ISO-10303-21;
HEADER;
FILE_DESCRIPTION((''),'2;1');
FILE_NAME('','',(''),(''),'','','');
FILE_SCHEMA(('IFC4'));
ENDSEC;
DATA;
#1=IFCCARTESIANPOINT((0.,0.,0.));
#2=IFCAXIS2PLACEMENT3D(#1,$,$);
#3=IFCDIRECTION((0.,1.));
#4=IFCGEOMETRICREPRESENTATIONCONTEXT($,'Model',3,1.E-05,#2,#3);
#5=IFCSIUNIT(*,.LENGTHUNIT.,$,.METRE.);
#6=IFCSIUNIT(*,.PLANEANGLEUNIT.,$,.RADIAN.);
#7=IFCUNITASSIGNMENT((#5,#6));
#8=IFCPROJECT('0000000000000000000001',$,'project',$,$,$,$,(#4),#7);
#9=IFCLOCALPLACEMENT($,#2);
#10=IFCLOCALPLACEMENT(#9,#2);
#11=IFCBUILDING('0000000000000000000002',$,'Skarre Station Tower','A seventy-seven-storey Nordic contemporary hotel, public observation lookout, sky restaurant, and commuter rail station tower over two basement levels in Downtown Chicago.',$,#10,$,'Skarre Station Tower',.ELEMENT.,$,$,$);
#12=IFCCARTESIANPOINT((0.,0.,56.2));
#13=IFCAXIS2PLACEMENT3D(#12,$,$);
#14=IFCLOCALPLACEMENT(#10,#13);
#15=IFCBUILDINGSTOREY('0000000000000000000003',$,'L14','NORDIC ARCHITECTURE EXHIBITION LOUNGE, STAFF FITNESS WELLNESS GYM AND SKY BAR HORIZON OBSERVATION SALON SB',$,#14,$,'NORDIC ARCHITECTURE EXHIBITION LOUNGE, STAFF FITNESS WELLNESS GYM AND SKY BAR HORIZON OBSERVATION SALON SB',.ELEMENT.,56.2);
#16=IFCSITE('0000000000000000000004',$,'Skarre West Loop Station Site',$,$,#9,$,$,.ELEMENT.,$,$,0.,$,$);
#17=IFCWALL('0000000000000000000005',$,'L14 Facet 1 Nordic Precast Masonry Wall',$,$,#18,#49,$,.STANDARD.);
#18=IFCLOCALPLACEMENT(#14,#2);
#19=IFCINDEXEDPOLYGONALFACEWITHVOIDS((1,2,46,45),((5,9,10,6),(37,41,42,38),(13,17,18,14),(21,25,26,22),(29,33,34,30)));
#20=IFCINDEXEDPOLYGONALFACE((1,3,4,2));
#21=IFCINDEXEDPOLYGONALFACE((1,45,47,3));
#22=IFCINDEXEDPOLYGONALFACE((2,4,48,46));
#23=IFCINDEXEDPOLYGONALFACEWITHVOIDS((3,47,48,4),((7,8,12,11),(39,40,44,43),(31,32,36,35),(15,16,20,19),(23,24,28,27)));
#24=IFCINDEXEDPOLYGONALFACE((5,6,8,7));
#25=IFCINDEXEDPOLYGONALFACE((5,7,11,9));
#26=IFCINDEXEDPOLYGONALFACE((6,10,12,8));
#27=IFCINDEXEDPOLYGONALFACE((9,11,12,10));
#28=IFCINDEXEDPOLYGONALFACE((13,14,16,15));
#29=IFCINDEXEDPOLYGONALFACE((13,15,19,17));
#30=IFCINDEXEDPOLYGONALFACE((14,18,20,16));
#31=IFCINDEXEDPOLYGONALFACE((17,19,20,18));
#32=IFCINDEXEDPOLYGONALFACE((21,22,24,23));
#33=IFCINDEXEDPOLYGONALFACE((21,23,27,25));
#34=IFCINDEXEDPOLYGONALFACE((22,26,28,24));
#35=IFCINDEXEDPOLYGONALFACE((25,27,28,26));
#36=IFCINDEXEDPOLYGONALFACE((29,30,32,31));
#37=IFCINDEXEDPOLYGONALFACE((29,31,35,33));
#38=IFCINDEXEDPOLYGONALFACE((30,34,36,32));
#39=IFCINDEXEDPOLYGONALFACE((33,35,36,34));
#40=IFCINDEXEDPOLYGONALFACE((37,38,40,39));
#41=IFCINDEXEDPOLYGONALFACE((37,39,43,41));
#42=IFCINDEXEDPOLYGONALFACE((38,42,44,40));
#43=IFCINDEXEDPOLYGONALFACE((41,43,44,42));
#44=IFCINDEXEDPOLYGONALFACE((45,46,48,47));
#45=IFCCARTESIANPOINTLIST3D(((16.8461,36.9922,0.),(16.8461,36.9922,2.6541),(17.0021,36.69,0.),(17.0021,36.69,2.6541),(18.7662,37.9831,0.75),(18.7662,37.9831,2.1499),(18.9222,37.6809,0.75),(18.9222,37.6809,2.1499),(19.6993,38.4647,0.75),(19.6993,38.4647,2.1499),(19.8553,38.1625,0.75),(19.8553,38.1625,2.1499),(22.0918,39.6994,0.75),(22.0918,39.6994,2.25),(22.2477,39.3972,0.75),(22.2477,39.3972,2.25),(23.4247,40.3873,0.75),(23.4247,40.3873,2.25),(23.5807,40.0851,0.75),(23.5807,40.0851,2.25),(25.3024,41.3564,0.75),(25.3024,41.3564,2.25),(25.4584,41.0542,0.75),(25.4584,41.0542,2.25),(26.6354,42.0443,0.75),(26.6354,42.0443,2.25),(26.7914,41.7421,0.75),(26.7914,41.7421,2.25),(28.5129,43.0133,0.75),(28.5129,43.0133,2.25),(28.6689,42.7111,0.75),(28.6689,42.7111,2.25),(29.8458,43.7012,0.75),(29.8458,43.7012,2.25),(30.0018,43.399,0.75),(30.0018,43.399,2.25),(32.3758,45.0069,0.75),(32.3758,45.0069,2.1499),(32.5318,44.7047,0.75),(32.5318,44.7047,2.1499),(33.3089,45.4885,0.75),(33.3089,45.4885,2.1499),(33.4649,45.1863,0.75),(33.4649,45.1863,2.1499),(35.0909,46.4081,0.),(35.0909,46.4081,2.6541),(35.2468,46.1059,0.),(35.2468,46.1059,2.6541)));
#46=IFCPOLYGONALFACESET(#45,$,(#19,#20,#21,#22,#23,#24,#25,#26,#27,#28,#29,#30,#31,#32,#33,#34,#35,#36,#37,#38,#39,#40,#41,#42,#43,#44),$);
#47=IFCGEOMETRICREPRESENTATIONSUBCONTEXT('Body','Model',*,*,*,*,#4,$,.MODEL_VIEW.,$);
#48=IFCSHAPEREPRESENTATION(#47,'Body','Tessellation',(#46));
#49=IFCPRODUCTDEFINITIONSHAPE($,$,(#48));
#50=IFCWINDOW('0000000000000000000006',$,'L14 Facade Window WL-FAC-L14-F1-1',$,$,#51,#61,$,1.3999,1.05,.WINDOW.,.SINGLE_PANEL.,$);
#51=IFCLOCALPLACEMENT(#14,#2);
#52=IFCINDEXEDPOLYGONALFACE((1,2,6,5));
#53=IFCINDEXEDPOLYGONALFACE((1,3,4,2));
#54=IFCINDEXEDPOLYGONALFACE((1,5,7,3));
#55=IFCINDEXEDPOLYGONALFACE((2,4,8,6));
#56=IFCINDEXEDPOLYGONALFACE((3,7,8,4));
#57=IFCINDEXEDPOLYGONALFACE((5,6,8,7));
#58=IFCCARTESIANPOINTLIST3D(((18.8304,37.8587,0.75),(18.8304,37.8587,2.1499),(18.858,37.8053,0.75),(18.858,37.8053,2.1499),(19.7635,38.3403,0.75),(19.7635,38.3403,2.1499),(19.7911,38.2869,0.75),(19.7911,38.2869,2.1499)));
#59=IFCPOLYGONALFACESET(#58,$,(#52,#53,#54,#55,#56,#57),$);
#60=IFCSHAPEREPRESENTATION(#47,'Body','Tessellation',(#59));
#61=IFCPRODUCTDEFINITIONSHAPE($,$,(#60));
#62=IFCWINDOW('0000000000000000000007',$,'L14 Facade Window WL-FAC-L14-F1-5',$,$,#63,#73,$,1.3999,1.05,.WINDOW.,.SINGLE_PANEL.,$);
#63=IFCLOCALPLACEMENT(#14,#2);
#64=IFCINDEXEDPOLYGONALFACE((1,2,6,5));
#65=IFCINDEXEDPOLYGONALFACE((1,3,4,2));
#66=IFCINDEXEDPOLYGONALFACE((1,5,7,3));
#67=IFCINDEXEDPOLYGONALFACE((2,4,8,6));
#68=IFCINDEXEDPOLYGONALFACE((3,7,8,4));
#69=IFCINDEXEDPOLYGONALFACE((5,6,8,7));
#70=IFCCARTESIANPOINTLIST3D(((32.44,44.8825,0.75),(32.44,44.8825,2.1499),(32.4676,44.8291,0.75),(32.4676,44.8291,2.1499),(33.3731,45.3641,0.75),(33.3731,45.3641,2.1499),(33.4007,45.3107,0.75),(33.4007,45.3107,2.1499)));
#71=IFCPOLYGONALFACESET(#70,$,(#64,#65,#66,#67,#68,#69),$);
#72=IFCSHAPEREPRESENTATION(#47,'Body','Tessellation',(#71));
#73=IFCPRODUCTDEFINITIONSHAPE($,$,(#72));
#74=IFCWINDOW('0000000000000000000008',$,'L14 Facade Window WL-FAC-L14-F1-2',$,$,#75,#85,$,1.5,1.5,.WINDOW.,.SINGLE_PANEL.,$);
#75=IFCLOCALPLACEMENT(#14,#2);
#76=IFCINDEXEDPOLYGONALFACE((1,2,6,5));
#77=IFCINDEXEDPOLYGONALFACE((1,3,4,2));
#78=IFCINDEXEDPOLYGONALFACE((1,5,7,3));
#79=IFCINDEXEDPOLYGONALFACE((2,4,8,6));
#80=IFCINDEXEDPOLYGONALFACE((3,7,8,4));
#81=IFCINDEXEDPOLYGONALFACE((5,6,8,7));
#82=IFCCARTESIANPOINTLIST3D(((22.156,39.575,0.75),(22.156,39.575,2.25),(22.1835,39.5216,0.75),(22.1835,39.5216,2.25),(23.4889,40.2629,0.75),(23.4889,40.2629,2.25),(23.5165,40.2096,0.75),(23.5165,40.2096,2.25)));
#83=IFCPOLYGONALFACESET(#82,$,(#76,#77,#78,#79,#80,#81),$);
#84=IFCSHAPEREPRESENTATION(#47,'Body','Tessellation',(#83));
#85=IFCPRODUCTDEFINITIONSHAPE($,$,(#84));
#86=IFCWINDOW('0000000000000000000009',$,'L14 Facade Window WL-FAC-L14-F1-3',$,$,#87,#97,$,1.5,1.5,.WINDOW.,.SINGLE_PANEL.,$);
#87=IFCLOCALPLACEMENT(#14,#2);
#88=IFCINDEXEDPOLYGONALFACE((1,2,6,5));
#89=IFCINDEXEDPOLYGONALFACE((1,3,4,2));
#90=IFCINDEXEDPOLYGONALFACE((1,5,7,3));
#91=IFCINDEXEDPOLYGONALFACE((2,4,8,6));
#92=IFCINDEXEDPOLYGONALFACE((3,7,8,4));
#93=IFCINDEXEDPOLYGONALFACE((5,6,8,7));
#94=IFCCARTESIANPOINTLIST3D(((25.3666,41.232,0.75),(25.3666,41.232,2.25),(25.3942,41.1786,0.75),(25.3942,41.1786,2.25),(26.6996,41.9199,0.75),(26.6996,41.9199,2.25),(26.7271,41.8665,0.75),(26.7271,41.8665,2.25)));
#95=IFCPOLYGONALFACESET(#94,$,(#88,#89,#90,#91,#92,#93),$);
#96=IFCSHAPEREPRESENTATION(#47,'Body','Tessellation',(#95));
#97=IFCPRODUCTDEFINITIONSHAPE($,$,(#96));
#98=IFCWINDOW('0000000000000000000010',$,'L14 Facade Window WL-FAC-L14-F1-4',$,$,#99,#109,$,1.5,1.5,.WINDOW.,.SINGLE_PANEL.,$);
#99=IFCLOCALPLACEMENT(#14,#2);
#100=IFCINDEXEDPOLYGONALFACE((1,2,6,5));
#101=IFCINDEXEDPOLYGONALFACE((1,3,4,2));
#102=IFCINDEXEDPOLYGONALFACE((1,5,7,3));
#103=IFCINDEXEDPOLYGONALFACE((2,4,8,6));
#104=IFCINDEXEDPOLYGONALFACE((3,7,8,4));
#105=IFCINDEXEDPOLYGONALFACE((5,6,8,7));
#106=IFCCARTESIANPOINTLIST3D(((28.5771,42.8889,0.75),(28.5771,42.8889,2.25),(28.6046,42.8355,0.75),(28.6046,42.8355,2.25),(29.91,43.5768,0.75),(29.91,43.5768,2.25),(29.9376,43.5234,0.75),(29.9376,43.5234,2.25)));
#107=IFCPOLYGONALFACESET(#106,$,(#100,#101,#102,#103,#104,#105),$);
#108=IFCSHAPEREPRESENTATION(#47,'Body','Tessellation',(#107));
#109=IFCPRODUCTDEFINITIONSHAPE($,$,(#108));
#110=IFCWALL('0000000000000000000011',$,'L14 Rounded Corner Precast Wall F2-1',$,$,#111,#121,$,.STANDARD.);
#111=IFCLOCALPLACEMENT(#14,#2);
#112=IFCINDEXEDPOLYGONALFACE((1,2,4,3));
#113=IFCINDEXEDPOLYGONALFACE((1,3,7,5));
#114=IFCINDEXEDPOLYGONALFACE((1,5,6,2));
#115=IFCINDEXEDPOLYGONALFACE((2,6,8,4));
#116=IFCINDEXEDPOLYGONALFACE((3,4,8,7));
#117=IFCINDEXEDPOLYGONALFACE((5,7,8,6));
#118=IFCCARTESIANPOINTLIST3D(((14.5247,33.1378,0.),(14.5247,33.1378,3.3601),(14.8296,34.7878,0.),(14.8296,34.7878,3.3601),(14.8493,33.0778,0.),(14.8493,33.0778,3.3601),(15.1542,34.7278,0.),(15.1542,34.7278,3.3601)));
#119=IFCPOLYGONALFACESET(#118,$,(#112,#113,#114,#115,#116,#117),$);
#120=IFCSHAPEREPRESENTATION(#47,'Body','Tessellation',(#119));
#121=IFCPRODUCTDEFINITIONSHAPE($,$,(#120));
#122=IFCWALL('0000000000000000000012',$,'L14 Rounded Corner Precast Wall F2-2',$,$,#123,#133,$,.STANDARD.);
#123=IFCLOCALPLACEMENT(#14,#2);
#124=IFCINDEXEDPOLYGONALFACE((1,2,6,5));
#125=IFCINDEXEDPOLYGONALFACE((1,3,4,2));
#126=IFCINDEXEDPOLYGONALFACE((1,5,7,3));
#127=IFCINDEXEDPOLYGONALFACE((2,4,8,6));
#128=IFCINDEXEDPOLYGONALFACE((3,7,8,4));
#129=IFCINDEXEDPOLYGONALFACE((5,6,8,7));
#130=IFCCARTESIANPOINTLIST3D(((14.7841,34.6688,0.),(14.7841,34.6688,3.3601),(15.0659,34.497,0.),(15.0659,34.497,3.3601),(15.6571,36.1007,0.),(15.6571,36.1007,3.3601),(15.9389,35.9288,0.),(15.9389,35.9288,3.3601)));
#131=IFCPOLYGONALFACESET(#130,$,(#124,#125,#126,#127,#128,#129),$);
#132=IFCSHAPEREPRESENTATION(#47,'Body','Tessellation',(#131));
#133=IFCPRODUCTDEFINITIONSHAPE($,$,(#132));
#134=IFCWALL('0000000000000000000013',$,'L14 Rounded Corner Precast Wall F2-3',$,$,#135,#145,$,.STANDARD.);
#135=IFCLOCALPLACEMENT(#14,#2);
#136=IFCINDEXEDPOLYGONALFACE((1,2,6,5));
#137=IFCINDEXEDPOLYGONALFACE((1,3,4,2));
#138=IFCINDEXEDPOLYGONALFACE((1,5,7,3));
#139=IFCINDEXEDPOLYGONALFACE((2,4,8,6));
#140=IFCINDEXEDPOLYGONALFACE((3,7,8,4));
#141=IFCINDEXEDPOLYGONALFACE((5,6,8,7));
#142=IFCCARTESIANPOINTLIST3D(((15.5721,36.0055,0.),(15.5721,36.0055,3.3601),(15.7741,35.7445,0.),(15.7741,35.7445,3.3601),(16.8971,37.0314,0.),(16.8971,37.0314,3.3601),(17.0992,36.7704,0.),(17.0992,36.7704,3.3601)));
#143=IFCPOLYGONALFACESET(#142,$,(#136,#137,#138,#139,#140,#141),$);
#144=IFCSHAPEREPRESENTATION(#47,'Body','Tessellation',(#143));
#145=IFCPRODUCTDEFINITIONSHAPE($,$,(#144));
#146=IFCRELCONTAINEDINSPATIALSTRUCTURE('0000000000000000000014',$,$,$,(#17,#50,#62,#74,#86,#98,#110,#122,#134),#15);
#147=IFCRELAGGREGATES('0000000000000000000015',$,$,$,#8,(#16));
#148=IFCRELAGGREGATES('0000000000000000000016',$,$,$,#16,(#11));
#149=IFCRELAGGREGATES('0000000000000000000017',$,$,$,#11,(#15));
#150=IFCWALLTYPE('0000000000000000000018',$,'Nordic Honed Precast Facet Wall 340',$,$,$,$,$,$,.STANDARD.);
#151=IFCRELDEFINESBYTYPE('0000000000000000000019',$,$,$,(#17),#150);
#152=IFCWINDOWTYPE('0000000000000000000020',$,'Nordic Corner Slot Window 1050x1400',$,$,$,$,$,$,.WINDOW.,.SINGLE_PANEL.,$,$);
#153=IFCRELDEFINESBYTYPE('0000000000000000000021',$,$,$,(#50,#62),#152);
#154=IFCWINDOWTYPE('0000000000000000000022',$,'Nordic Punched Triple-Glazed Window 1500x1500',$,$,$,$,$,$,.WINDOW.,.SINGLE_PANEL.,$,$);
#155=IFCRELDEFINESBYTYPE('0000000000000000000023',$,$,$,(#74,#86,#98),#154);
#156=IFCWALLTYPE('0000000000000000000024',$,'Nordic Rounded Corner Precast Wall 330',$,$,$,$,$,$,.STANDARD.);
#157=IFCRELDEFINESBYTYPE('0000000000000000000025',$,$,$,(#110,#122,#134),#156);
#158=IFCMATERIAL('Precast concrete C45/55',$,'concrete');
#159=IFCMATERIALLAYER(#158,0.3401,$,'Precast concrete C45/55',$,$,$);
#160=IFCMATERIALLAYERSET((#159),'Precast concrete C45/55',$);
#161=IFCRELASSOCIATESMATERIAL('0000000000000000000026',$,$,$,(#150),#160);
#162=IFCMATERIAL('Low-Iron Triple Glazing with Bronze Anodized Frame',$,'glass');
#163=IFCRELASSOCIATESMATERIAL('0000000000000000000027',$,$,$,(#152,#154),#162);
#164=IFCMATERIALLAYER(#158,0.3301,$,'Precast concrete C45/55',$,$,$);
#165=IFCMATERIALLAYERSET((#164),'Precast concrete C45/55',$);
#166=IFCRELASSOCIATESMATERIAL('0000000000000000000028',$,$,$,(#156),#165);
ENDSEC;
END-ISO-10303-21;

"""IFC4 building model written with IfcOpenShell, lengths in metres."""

from ifc_helpers import new_model, si_unit, direction, frame, frame_2d, origin, place, context, subcontext, project, spatial, rectangle, extrude, material, layer, layer_set, type_object, element, fill, save


model = new_model("IFC4")

# Units and contexts
model_context = context("Model", 3, precision=1e-05, world=origin(), true_north=direction((0.0, 1.0)))
body_context = subcontext(model_context, "Body", "Model", "MODEL_VIEW")
ifc_project = project(units=[si_unit("LENGTHUNIT", "METRE"), si_unit("PLANEANGLEUNIT", "RADIAN")], contexts=[model_context])

# Site, building, storey
site_placement = place(None, origin())
site = spatial("IfcSite", under=ifc_project, at=site_placement, Name="Skarre West Loop Station Site", CompositionType="ELEMENT", RefElevation=0.0)
building_placement = place(site_placement, origin())
building = spatial("IfcBuilding", under=site, at=building_placement, Name="Skarre Station Tower", Description="A seventy-seven-storey Nordic contemporary hotel, public observation lookout, sky restaurant, and commuter rail station tower over two basement levels in Downtown Chicago.", LongName="Skarre Station Tower", CompositionType="ELEMENT")
storey_placement = place(building_placement, frame((0.0, 0.0, 56.2)))
storey = spatial("IfcBuildingStorey", under=building, at=storey_placement, Name="L14", Description="NORDIC ARCHITECTURE EXHIBITION LOUNGE, STAFF FITNESS WELLNESS GYM AND SKY BAR HORIZON OBSERVATION SALON SB", LongName="NORDIC ARCHITECTURE EXHIBITION LOUNGE, STAFF FITNESS WELLNESS GYM AND SKY BAR HORIZON OBSERVATION SALON SB", CompositionType="ELEMENT", Elevation=56.2)

# Wall, openings, windows
ifc_material_1 = material(Name="Precast concrete C45/55", Category="concrete")
ifc_layer_1 = layer(ifc_material_1, 0.3401, Name="Precast concrete C45/55")
ifc_layer_set_1 = layer_set([ifc_layer_1], Name="Precast concrete C45/55")
wall_type_1 = type_object("IfcWallType", Name="Nordic Honed Precast Facet Wall 340", PredefinedType="STANDARD", material=ifc_layer_set_1)
wall_1_placement = place(storey_placement, frame((16.9241, 36.8411, 0.0), z_axis=(0.0, 0.0, 1.0), x_axis=(0.888634, 0.458616, 0.0)))
wall_1 = element("IfcWall", 1, at=wall_1_placement, inside=storey, type_object=wall_type_1, Name="L14 Facet 1 Nordic Precast Masonry Wall", PredefinedType="STANDARD", context=body_context, shape_type="SweptSolid", body=[
    extrude(rectangle(XDim=20.5312, YDim=0.3401, at=frame_2d((10.2656, 0.0))), origin(), (0.0, 0.0, 1.0), 2.6541),
])
opening_1_placement = place(wall_1_placement, frame((2.1609, 0.0, 0.75)))
opening_1 = element("IfcOpeningElement", 2, at=opening_1_placement, cuts=wall_1, PredefinedType="OPENING", context=body_context, shape_type="SweptSolid", body=[
    extrude(rectangle(XDim=1.05, YDim=1.3999, at=frame_2d((0.5249, 0.7))), frame((0.0, 0.1799, 0.0), z_axis=(0.0, -1.0, 0.0), x_axis=(1.0, 0.0, 0.0)), (0.0, 0.0, 1.0), 0.3601),
])
opening_2_placement = place(wall_1_placement, frame((5.9031, 0.0, 0.75)))
opening_2 = element("IfcOpeningElement", 3, at=opening_2_placement, cuts=wall_1, PredefinedType="OPENING", context=body_context, shape_type="SweptSolid", body=[
    extrude(rectangle(XDim=1.5, YDim=1.5, at=frame_2d((0.75, 0.75))), frame((0.0, 0.1799, 0.0), z_axis=(0.0, -1.0, 0.0), x_axis=(1.0, 0.0, 0.0)), (0.0, 0.0, 1.0), 0.3601),
])
opening_3_placement = place(wall_1_placement, frame((9.5161, 0.0, 0.75)))
opening_3 = element("IfcOpeningElement", 4, at=opening_3_placement, cuts=wall_1, PredefinedType="OPENING", context=body_context, shape_type="SweptSolid", body=[
    extrude(rectangle(XDim=1.5, YDim=1.5, at=frame_2d((0.75, 0.75))), frame((0.0, 0.1799, 0.0), z_axis=(0.0, -1.0, 0.0), x_axis=(1.0, 0.0, 0.0)), (0.0, 0.0, 1.0), 0.3601),
])
opening_4_placement = place(wall_1_placement, frame((13.1289, 0.0, 0.75)))
opening_4 = element("IfcOpeningElement", 5, at=opening_4_placement, cuts=wall_1, PredefinedType="OPENING", context=body_context, shape_type="SweptSolid", body=[
    extrude(rectangle(XDim=1.5, YDim=1.5, at=frame_2d((0.75, 0.75))), frame((0.0, 0.1799, 0.0), z_axis=(0.0, -1.0, 0.0), x_axis=(1.0, 0.0, 0.0)), (0.0, 0.0, 1.0), 0.3601),
])
opening_5_placement = place(wall_1_placement, frame((17.4761, 0.0, 0.75)))
opening_5 = element("IfcOpeningElement", 6, at=opening_5_placement, cuts=wall_1, PredefinedType="OPENING", context=body_context, shape_type="SweptSolid", body=[
    extrude(rectangle(XDim=1.05, YDim=1.3999, at=frame_2d((0.5249, 0.7))), frame((0.0, 0.1799, 0.0), z_axis=(0.0, -1.0, 0.0), x_axis=(1.0, 0.0, 0.0)), (0.0, 0.0, 1.0), 0.3601),
])
ifc_material_2 = material(Name="Low-Iron Triple Glazing with Bronze Anodized Frame", Category="glass")
window_type_1 = type_object("IfcWindowType", Name="Nordic Corner Slot Window 1050x1400", PartitioningType="SINGLE_PANEL", PredefinedType="WINDOW", material=ifc_material_2)
window_1_placement = place(opening_1_placement, origin())
window_1 = element("IfcWindow", 7, at=window_1_placement, inside=storey, type_object=window_type_1, Name="L14 Facade Window WL-FAC-L14-F1-1", OverallHeight=1.3999, OverallWidth=1.05, PartitioningType="SINGLE_PANEL", PredefinedType="WINDOW", context=body_context, shape_type="SweptSolid", body=[
    extrude(rectangle(XDim=1.05, YDim=1.3999, at=frame_2d((0.5249, 0.7))), frame((0.0, 0.03, 0.0), z_axis=(0.0, -1.0, 0.0), x_axis=(1.0, 0.0, 0.0)), (0.0, 0.0, 1.0), 0.0601),
])
fill(opening_1, window_1)
window_2_placement = place(opening_5_placement, origin())
window_2 = element("IfcWindow", 8, at=window_2_placement, inside=storey, type_object=window_type_1, Name="L14 Facade Window WL-FAC-L14-F1-5", OverallHeight=1.3999, OverallWidth=1.05, PartitioningType="SINGLE_PANEL", PredefinedType="WINDOW", context=body_context, shape_type="SweptSolid", body=[
    extrude(rectangle(XDim=1.05, YDim=1.3999, at=frame_2d((0.5249, 0.7))), frame((0.0, 0.03, 0.0), z_axis=(0.0, -1.0, 0.0), x_axis=(1.0, 0.0, 0.0)), (0.0, 0.0, 1.0), 0.0601),
])
fill(opening_5, window_2)
window_type_2 = type_object("IfcWindowType", Name="Nordic Punched Triple-Glazed Window 1500x1500", PartitioningType="SINGLE_PANEL", PredefinedType="WINDOW", material=ifc_material_2)
window_3_placement = place(opening_2_placement, origin())
window_3 = element("IfcWindow", 9, at=window_3_placement, inside=storey, type_object=window_type_2, Name="L14 Facade Window WL-FAC-L14-F1-2", OverallHeight=1.5, OverallWidth=1.5, PartitioningType="SINGLE_PANEL", PredefinedType="WINDOW", context=body_context, shape_type="SweptSolid", body=[
    extrude(rectangle(XDim=1.5, YDim=1.5, at=frame_2d((0.75, 0.75))), frame((0.0, 0.03, 0.0), z_axis=(0.0, -1.0, 0.0), x_axis=(1.0, 0.0, 0.0)), (0.0, 0.0, 1.0), 0.0601),
])
fill(opening_2, window_3)
window_4_placement = place(opening_3_placement, origin())
window_4 = element("IfcWindow", 10, at=window_4_placement, inside=storey, type_object=window_type_2, Name="L14 Facade Window WL-FAC-L14-F1-3", OverallHeight=1.5, OverallWidth=1.5, PartitioningType="SINGLE_PANEL", PredefinedType="WINDOW", context=body_context, shape_type="SweptSolid", body=[
    extrude(rectangle(XDim=1.5, YDim=1.5, at=frame_2d((0.75, 0.75))), frame((0.0, 0.03, 0.0), z_axis=(0.0, -1.0, 0.0), x_axis=(1.0, 0.0, 0.0)), (0.0, 0.0, 1.0), 0.0601),
])
fill(opening_3, window_4)
window_5_placement = place(opening_4_placement, origin())
window_5 = element("IfcWindow", 11, at=window_5_placement, inside=storey, type_object=window_type_2, Name="L14 Facade Window WL-FAC-L14-F1-4", OverallHeight=1.5, OverallWidth=1.5, PartitioningType="SINGLE_PANEL", PredefinedType="WINDOW", context=body_context, shape_type="SweptSolid", body=[
    extrude(rectangle(XDim=1.5, YDim=1.5, at=frame_2d((0.75, 0.75))), frame((0.0, 0.03, 0.0), z_axis=(0.0, -1.0, 0.0), x_axis=(1.0, 0.0, 0.0)), (0.0, 0.0, 1.0), 0.0601),
])
fill(opening_4, window_5)

# Walls
ifc_layer_2 = layer(ifc_material_1, 0.3301, Name="Precast concrete C45/55")
ifc_layer_set_2 = layer_set([ifc_layer_2], Name="Precast concrete C45/55")
wall_type_2 = type_object("IfcWallType", Name="Nordic Rounded Corner Precast Wall 330", PredefinedType="STANDARD", material=ifc_layer_set_2)
wall_2_placement = place(storey_placement, frame((14.687, 33.1079, 0.0), z_axis=(0.0, 0.0, 1.0), x_axis=(0.181714, 0.983351, 0.0)))
element("IfcWall", 12, at=wall_2_placement, inside=storey, type_object=wall_type_2, Name="L14 Rounded Corner Precast Wall F2-1", PredefinedType="STANDARD", context=body_context, shape_type="SweptSolid", body=[
    extrude(rectangle(XDim=1.678, YDim=0.3301, at=frame_2d((0.8389, 0.0))), origin(), (0.0, 0.0, 1.0), 3.3601),
])
wall_3_placement = place(storey_placement, frame((14.925, 34.583, 0.0), z_axis=(0.0, 0.0, 1.0), x_axis=(0.520584, 0.85381, 0.0)))
element("IfcWall", 13, at=wall_3_placement, inside=storey, type_object=wall_type_2, Name="L14 Rounded Corner Precast Wall F2-2", PredefinedType="STANDARD", context=body_context, shape_type="SweptSolid", body=[
    extrude(rectangle(XDim=1.677, YDim=0.3301, at=frame_2d((0.8384, 0.0))), origin(), (0.0, 0.0, 1.0), 3.3601),
])
wall_4_placement = place(storey_placement, frame((15.6731, 35.875, 0.0), z_axis=(0.0, 0.0, 1.0), x_axis=(0.790692, 0.612214, 0.0)))
element("IfcWall", 14, at=wall_4_placement, inside=storey, type_object=wall_type_2, Name="L14 Rounded Corner Precast Wall F2-3", PredefinedType="STANDARD", context=body_context, shape_type="SweptSolid", body=[
    extrude(rectangle(XDim=1.6758, YDim=0.3301, at=frame_2d((0.8379, 0.0))), origin(), (0.0, 0.0, 1.0), 3.3601),
])

save(model, "model.ifc")
